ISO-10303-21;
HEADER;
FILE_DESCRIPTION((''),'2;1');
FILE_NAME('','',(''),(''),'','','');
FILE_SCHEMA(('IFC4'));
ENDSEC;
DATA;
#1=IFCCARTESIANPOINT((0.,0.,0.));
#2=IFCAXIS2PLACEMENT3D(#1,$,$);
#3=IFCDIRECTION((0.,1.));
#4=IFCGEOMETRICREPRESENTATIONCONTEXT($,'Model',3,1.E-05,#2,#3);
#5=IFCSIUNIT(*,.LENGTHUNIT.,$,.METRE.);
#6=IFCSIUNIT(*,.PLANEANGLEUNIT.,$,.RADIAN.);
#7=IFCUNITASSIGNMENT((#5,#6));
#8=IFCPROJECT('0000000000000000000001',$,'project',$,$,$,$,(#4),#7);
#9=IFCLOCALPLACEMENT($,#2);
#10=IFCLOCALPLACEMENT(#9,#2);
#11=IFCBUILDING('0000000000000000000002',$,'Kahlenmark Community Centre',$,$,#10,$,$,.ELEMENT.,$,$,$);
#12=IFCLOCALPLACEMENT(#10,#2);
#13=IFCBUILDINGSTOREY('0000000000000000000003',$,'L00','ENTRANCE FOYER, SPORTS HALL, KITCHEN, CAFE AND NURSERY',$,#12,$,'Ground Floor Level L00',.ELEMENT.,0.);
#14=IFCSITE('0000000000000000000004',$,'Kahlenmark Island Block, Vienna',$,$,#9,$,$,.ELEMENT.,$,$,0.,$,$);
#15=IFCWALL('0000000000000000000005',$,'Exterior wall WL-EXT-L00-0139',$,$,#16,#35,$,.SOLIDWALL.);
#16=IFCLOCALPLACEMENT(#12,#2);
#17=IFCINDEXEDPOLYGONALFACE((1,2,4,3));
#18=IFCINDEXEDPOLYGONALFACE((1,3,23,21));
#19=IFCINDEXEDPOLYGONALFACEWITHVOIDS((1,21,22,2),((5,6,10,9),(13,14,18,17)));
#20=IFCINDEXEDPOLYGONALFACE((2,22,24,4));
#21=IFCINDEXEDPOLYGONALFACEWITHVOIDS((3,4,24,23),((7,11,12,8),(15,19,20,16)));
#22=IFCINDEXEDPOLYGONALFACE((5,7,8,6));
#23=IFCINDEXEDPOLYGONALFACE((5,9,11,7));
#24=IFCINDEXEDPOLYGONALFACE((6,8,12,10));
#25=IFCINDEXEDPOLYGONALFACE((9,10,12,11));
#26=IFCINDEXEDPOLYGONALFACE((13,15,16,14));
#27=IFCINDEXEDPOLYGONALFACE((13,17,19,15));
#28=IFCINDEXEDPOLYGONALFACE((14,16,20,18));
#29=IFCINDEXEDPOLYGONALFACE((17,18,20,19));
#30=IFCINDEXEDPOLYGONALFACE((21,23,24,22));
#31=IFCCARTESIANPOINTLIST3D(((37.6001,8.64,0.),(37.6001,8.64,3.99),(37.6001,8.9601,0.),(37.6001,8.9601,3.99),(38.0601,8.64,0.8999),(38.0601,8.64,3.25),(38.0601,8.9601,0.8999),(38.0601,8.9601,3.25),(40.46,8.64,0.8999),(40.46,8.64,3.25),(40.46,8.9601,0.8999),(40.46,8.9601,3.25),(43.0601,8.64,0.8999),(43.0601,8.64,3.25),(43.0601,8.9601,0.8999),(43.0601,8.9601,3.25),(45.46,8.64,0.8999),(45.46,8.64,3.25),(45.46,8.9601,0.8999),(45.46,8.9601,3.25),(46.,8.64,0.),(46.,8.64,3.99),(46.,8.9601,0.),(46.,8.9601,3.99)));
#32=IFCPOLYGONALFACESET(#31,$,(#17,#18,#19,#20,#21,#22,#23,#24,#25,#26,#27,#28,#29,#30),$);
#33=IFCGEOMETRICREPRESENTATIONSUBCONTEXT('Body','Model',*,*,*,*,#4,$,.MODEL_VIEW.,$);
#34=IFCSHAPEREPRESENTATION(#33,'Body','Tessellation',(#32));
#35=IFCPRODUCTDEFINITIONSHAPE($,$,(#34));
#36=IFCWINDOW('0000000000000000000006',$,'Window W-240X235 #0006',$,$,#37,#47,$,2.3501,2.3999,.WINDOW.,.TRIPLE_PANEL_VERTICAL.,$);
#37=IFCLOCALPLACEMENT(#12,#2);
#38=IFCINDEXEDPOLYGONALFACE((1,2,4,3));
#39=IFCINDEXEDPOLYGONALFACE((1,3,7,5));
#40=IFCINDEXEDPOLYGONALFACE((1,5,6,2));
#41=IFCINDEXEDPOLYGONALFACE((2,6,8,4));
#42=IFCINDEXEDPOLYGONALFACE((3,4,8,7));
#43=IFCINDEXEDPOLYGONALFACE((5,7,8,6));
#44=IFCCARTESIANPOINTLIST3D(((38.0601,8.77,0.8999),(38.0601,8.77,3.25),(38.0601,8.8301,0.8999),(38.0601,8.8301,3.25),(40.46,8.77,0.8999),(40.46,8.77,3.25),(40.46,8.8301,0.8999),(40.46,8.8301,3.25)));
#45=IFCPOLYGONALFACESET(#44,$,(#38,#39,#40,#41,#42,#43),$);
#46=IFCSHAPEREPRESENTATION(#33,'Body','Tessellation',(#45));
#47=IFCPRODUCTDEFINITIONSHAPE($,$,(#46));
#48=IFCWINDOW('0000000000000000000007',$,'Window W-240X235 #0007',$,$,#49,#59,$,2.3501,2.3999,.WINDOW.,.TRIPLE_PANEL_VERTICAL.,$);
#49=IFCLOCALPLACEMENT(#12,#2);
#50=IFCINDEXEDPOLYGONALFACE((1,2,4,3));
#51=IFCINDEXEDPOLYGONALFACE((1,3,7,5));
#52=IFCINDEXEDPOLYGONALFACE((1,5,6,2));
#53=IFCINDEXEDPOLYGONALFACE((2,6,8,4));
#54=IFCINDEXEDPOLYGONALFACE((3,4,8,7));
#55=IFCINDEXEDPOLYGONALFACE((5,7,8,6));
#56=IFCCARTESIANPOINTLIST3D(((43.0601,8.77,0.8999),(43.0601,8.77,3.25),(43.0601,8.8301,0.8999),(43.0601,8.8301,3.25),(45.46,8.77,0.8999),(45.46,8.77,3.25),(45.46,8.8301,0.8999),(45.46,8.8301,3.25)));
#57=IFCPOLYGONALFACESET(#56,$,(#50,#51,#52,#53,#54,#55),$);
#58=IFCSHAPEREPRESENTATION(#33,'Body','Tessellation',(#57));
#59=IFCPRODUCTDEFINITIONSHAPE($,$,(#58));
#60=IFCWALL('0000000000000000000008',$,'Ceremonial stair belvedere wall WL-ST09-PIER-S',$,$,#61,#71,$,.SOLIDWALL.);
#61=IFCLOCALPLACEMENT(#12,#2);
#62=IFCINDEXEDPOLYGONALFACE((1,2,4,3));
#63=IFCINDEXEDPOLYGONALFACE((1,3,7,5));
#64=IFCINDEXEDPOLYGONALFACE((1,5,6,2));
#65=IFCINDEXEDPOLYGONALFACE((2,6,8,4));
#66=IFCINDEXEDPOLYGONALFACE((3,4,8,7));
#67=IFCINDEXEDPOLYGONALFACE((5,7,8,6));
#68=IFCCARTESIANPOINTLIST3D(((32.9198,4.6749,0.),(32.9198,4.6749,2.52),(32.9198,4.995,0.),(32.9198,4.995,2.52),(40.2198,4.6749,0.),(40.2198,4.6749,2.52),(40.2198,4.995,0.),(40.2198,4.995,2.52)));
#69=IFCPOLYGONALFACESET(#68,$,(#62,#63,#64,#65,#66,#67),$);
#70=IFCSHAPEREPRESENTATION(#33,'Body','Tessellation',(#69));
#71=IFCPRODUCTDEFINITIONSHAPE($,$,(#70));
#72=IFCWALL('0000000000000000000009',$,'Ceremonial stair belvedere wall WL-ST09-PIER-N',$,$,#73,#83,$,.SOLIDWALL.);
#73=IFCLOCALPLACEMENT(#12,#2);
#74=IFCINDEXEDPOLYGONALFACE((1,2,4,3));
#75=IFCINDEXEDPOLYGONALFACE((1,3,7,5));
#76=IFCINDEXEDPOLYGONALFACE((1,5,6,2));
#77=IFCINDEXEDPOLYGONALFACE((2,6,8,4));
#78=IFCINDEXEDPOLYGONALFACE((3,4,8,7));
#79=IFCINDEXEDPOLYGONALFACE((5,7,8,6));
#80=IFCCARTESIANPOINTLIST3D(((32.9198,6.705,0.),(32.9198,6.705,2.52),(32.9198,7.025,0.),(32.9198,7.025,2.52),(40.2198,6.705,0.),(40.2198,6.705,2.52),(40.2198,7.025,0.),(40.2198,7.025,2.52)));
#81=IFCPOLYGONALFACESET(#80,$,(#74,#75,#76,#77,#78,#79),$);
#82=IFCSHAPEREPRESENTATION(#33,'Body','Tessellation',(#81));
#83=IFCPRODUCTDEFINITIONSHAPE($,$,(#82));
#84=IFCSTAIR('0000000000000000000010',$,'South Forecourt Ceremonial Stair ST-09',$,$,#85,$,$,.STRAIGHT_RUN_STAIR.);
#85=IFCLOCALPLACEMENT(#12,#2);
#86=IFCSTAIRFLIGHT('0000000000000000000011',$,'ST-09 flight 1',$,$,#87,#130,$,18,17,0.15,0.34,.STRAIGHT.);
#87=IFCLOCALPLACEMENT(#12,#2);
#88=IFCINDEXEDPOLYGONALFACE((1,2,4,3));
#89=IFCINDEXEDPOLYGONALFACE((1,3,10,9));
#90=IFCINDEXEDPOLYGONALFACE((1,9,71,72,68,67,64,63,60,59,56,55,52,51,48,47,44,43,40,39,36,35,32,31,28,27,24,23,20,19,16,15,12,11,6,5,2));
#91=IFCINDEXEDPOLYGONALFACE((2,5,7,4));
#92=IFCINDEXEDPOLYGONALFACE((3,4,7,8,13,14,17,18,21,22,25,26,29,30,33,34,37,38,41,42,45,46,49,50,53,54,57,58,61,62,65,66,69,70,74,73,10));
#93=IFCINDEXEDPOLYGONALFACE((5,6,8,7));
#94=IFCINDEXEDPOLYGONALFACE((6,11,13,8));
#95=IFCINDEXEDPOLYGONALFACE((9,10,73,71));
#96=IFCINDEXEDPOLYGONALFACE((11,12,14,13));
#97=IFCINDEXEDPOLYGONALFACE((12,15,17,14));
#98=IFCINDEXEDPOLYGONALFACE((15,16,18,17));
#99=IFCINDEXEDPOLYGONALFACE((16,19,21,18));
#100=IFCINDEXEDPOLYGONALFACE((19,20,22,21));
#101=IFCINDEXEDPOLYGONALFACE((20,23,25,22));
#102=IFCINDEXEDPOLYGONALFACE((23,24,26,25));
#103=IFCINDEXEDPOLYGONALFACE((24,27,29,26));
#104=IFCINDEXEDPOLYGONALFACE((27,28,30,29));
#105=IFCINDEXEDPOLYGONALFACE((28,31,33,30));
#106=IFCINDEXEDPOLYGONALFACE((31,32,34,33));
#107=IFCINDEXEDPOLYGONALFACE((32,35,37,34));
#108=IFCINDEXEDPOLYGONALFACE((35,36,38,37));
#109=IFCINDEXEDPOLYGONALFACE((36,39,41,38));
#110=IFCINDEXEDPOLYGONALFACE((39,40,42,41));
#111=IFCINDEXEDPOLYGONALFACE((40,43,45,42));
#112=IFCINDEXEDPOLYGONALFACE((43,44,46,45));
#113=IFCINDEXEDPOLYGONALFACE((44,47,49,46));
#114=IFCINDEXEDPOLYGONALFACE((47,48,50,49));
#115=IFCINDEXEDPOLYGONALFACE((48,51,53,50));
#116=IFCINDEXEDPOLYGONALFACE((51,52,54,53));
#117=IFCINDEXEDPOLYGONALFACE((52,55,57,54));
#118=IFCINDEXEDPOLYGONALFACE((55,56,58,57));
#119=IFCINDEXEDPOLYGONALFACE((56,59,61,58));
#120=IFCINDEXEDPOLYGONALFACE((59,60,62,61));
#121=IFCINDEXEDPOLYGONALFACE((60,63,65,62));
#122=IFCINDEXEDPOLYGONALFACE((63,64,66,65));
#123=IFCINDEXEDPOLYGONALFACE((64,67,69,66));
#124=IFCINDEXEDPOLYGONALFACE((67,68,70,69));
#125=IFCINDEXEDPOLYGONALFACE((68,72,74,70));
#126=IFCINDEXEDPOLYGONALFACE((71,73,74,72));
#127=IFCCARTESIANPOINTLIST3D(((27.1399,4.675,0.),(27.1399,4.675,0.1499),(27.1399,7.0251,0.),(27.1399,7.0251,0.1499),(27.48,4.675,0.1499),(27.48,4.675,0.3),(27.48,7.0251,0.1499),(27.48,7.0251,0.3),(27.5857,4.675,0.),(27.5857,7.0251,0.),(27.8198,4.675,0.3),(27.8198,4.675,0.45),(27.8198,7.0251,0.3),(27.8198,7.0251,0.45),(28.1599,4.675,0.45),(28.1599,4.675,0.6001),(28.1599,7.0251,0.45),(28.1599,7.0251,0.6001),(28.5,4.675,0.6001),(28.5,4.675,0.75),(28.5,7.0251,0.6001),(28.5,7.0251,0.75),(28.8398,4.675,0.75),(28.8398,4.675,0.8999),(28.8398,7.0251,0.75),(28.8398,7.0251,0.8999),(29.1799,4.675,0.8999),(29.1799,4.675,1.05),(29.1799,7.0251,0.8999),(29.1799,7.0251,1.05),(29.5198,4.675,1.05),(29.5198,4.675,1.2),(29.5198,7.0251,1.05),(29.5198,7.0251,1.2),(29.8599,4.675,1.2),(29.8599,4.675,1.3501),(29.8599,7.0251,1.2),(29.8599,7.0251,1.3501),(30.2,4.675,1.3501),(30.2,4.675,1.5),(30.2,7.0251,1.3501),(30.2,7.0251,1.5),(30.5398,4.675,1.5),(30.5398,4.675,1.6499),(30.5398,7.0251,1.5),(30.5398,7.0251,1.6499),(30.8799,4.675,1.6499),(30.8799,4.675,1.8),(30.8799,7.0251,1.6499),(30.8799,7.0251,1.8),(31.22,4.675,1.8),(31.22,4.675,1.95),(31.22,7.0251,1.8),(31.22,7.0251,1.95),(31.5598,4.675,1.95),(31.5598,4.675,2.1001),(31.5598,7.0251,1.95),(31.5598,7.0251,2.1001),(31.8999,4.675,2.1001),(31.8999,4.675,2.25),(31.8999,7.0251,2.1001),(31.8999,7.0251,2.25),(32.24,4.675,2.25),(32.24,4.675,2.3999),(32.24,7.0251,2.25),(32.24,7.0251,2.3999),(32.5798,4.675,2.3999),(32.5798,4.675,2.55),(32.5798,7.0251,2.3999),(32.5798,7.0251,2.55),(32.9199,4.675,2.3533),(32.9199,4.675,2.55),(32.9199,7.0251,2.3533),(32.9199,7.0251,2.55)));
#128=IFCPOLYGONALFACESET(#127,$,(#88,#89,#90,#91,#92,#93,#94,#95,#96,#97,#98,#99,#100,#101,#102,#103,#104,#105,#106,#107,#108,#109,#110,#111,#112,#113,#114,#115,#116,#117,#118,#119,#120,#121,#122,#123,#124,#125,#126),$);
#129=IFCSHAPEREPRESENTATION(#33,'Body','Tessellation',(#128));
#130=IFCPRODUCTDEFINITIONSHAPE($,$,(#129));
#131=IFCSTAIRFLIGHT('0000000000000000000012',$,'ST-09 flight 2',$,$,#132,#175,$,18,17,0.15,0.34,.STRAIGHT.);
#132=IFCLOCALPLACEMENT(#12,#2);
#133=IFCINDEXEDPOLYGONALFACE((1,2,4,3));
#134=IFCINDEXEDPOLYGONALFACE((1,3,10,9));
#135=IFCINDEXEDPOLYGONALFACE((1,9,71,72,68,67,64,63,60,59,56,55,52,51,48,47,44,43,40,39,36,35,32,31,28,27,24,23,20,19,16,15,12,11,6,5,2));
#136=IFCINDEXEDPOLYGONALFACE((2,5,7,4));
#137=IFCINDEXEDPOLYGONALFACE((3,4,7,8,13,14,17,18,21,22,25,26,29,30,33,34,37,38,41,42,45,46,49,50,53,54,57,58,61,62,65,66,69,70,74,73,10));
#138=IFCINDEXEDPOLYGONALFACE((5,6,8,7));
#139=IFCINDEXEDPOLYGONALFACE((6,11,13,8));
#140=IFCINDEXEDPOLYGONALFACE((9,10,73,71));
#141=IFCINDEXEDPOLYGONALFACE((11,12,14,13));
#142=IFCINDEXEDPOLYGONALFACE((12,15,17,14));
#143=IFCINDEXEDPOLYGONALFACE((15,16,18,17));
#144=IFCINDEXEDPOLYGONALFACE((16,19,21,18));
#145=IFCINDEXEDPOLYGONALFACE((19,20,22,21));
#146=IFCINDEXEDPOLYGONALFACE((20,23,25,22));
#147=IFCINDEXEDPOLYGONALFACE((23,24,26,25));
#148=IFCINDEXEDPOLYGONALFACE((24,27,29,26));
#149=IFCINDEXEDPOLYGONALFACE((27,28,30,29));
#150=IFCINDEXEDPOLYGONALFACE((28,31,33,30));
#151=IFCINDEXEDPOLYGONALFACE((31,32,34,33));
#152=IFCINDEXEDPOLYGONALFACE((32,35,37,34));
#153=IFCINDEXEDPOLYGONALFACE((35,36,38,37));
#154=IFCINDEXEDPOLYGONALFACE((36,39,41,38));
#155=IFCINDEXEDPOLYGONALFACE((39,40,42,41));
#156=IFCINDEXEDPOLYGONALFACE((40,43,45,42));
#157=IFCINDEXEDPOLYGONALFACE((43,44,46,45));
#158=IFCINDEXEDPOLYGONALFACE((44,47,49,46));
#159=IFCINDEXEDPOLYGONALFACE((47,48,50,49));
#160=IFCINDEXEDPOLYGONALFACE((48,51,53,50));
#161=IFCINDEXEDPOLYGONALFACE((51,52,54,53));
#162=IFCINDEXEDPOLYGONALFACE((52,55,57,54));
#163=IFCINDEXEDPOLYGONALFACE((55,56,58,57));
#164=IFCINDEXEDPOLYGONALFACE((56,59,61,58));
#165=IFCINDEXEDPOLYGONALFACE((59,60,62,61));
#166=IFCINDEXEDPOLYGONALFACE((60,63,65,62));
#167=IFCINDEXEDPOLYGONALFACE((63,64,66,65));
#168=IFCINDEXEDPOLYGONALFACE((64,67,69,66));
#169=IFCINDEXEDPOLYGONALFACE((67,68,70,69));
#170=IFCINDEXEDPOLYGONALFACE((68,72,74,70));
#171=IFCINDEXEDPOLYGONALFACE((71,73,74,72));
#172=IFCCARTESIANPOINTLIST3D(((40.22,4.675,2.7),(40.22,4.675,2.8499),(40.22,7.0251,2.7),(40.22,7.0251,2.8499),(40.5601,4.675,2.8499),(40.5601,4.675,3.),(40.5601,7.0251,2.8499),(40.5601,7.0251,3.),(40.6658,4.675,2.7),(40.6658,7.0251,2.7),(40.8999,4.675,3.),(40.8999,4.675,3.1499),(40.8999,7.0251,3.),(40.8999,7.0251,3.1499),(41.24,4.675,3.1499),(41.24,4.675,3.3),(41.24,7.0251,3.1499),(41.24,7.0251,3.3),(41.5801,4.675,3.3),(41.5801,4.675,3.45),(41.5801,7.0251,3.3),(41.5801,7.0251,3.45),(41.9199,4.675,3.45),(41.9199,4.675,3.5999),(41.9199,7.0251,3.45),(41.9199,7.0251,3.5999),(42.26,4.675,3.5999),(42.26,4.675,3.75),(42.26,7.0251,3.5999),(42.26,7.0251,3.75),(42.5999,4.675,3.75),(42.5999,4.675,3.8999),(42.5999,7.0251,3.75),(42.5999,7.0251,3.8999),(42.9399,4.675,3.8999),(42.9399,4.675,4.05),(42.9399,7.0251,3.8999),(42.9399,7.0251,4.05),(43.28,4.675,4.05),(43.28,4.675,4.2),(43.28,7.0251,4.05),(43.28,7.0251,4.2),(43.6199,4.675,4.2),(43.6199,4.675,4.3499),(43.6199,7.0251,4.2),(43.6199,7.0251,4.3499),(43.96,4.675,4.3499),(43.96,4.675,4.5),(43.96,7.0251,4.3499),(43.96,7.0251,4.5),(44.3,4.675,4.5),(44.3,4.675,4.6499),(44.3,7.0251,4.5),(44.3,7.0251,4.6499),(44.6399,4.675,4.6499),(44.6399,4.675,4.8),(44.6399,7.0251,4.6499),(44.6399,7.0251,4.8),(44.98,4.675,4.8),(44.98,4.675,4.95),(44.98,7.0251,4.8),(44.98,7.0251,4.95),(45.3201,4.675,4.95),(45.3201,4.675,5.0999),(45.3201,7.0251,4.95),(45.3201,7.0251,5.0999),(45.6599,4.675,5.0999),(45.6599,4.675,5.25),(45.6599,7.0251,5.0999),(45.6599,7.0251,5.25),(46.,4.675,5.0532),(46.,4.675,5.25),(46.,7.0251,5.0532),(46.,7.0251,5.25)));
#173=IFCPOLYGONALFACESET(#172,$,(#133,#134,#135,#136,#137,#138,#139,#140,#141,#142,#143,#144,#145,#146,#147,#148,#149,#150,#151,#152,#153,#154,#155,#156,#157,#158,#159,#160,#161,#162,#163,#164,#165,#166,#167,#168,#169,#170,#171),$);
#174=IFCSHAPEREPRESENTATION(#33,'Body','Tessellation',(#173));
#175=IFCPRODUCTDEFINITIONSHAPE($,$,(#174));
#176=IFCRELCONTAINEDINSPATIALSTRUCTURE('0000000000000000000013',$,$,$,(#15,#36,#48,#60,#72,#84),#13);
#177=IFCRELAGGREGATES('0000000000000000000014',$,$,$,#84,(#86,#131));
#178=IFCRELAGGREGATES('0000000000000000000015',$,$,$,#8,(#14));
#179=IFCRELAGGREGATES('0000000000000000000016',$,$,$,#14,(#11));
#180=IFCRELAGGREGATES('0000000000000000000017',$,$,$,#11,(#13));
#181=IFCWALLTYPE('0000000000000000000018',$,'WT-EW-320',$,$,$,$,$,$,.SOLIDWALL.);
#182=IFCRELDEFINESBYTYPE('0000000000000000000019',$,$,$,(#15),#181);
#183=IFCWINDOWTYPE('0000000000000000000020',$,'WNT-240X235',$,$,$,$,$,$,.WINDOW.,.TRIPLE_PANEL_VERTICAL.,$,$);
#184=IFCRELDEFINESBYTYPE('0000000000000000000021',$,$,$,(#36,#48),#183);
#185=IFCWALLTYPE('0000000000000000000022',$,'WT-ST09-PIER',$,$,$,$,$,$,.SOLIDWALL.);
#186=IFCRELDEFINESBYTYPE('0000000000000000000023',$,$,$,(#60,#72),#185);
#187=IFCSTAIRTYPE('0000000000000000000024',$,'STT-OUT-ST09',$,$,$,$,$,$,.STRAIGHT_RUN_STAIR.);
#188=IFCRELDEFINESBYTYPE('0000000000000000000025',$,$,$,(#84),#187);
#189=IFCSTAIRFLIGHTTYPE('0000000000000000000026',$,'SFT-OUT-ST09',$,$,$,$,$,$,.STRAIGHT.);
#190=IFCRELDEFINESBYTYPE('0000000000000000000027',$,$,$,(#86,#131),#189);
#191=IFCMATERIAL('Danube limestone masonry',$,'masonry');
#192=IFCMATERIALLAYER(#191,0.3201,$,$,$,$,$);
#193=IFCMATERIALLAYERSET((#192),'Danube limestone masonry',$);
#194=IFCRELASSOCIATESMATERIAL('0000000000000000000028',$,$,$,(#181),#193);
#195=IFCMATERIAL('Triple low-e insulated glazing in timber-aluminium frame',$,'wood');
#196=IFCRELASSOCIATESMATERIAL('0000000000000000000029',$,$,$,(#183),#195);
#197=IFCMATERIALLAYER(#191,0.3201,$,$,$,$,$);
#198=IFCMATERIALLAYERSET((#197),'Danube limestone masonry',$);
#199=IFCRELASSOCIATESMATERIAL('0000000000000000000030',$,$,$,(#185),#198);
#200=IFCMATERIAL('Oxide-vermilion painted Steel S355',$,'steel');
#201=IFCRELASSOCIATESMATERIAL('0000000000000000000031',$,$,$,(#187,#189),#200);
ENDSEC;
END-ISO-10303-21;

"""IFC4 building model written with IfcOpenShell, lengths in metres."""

from ifc_helpers import new_model, si_unit, direction, frame, frame_2d, origin, place, context, subcontext, project, spatial, polyline, rectangle, outline, extrude, material, layer, layer_set, type_object, element, fill, aggregate, save


model = new_model("IFC4")

# Units and contexts
model_context = context("Model", 3, precision=1e-05, world=origin(), true_north=direction((0.0, 1.0)))
body_context = subcontext(model_context, "Body", "Model", "MODEL_VIEW")
ifc_project = project(units=[si_unit("LENGTHUNIT", "METRE"), si_unit("PLANEANGLEUNIT", "RADIAN")], contexts=[model_context])

# Site, building, storey
site_placement = place(None, origin())
site = spatial("IfcSite", under=ifc_project, at=site_placement, Name="Kahlenmark Island Block, Vienna", CompositionType="ELEMENT", RefElevation=0.0)
building_placement = place(site_placement, origin())
building = spatial("IfcBuilding", under=site, at=building_placement, Name="Kahlenmark Community Centre", CompositionType="ELEMENT")
storey_placement = place(building_placement, origin())
storey = spatial("IfcBuildingStorey", under=building, at=storey_placement, Name="L00", Description="ENTRANCE FOYER, SPORTS HALL, KITCHEN, CAFE AND NURSERY", LongName="Ground Floor Level L00", CompositionType="ELEMENT", Elevation=0.0)

# Wall, openings, windows
ifc_material_1 = material(Name="Danube limestone masonry", Category="masonry")
ifc_layer_1 = layer(ifc_material_1, 0.3201)
ifc_layer_set_1 = layer_set([ifc_layer_1], Name="Danube limestone masonry")
wall_type_1 = type_object("IfcWallType", Name="WT-EW-320", PredefinedType="SOLIDWALL", material=ifc_layer_set_1)
ifc_material_2 = material(Name="Triple low-e insulated glazing in timber-aluminium frame", Category="wood")
window_type = type_object("IfcWindowType", Name="WNT-240X235", PartitioningType="TRIPLE_PANEL_VERTICAL", PredefinedType="WINDOW", material=ifc_material_2)
wall_1_placement = place(storey_placement, frame((37.6001, 8.8, 0.0), z_axis=(0.0, 0.0, 1.0), x_axis=(1.0, 0.0, 0.0)))
wall_1 = element("IfcWall", 1, at=wall_1_placement, inside=storey, type_object=wall_type_1, Name="Exterior wall WL-EXT-L00-0139", PredefinedType="SOLIDWALL", context=body_context, shape_type="SweptSolid", body=[
    extrude(rectangle(XDim=8.3999, YDim=0.3201, at=frame_2d((4.2, 0.0))), origin(), (0.0, 0.0, 1.0), 3.99),
])
opening_1_placement = place(wall_1_placement, frame((0.46, 0.0, 0.8999)))
opening_1 = element("IfcOpeningElement", 2, at=opening_1_placement, cuts=wall_1, PredefinedType="OPENING", context=body_context, shape_type="SweptSolid", body=[
    extrude(rectangle(XDim=2.3999, YDim=2.3501, at=frame_2d((1.2, 1.175))), frame((0.0, 0.1699, 0.0), z_axis=(0.0, -1.0, 0.0), x_axis=(1.0, 0.0, 0.0)), (0.0, 0.0, 1.0), 0.3401),
])
opening_2_placement = place(wall_1_placement, frame((5.46, 0.0, 0.8999)))
opening_2 = element("IfcOpeningElement", 3, at=opening_2_placement, cuts=wall_1, PredefinedType="OPENING", context=body_context, shape_type="SweptSolid", body=[
    extrude(rectangle(XDim=2.3999, YDim=2.3501, at=frame_2d((1.2, 1.175))), frame((0.0, 0.1699, 0.0), z_axis=(0.0, -1.0, 0.0), x_axis=(1.0, 0.0, 0.0)), (0.0, 0.0, 1.0), 0.3401),
])
window_1_placement = place(opening_1_placement, origin())
window_1 = element("IfcWindow", 4, at=window_1_placement, inside=storey, type_object=window_type, Name="Window W-240X235 #0006", OverallHeight=2.3501, OverallWidth=2.3999, PartitioningType="TRIPLE_PANEL_VERTICAL", PredefinedType="WINDOW", context=body_context, shape_type="SweptSolid", body=[
    extrude(rectangle(XDim=2.3999, YDim=2.3501, at=frame_2d((1.2, 1.175))), frame((0.0, 0.03, 0.0), z_axis=(0.0, -1.0, 0.0), x_axis=(1.0, 0.0, 0.0)), (0.0, 0.0, 1.0), 0.0601),
])
fill(opening_1, window_1)
window_2_placement = place(opening_2_placement, origin())
window_2 = element("IfcWindow", 5, at=window_2_placement, inside=storey, type_object=window_type, Name="Window W-240X235 #0007", OverallHeight=2.3501, OverallWidth=2.3999, PartitioningType="TRIPLE_PANEL_VERTICAL", PredefinedType="WINDOW", context=body_context, shape_type="SweptSolid", body=[
    extrude(rectangle(XDim=2.3999, YDim=2.3501, at=frame_2d((1.2, 1.175))), frame((0.0, 0.03, 0.0), z_axis=(0.0, -1.0, 0.0), x_axis=(1.0, 0.0, 0.0)), (0.0, 0.0, 1.0), 0.0601),
])
fill(opening_2, window_2)

# Walls
ifc_layer_2 = layer(ifc_material_1, 0.3201)
ifc_layer_set_2 = layer_set([ifc_layer_2], Name="Danube limestone masonry")
wall_type_2 = type_object("IfcWallType", Name="WT-ST09-PIER", PredefinedType="SOLIDWALL", material=ifc_layer_set_2)
for number, where, z_axis, x_axis, name in (
    (6, (32.9199, 4.835, 0.0), (0.0, 0.0, 1.0), (1.0, 0.0, 0.0), "Ceremonial stair belvedere wall WL-ST09-PIER-S"),
    (7, (32.9199, 6.865, 0.0), (0.0, 0.0, 1.0), (1.0, 0.0, 0.0), "Ceremonial stair belvedere wall WL-ST09-PIER-N"),
):
    element("IfcWall", number, at=place(storey_placement, frame(where, z_axis=z_axis, x_axis=x_axis)), inside=storey, type_object=wall_type_2, Name=name, PredefinedType="SOLIDWALL", context=body_context, shape_type="SweptSolid", body=[
        extrude(rectangle(XDim=7.3, YDim=0.3201, at=frame_2d((3.6499, 0.0))), origin(), (0.0, 0.0, 1.0), 2.52),
    ])

# Stair, stair flights
ifc_material_3 = material(Name="Oxide-vermilion painted Steel S355", Category="steel")
stair_type = type_object("IfcStairType", Name="STT-OUT-ST09", PredefinedType="STRAIGHT_RUN_STAIR", material=ifc_material_3)
stair_placement = place(storey_placement, origin())
stair = element("IfcStair", 8, at=stair_placement, inside=storey, type_object=stair_type, Name="South Forecourt Ceremonial Stair ST-09", PredefinedType="STRAIGHT_RUN_STAIR")
stair_flight_type = type_object("IfcStairFlightType", Name="SFT-OUT-ST09", PredefinedType="STRAIGHT", material=ifc_material_3)
stair_flight_1_placement = place(storey_placement, frame((27.1399, 5.8501, 0.0), z_axis=(0.0, 0.0, 1.0), x_axis=(1.0, 0.0, 0.0)))
stair_flight_1 = element("IfcStairFlight", 9, at=stair_flight_1_placement, type_object=stair_flight_type, Name="ST-09 flight 1", NumberOfRisers=18, NumberOfTreads=17, PredefinedType="STRAIGHT", RiserHeight=0.15, TreadLength=0.34, context=body_context, shape_type="SweptSolid", body=[
    extrude(outline(polyline([(0.0, 0.0), (0.0, 0.1499), (0.3401, 0.1499), (0.3401, 0.3), (0.6799, 0.3), (0.6799, 0.45), (1.02, 0.45), (1.02, 0.6001), (1.3601, 0.6001), (1.3601, 0.75), (1.7, 0.75), (1.7, 0.8999), (2.04, 0.8999), (2.04, 1.05), (2.3799, 1.05), (2.3799, 1.2), (2.72, 1.2), (2.72, 1.3501), (3.0601, 1.3501), (3.0601, 1.5), (3.3999, 1.5), (3.3999, 1.6499), (3.74, 1.6499), (3.74, 1.8), (4.0801, 1.8), (4.0801, 1.95), (4.4199, 1.95), (4.4199, 2.1001), (4.76, 2.1001), (4.76, 2.25), (5.1001, 2.25), (5.1001, 2.3999), (5.4399, 2.3999), (5.4399, 2.55), (5.78, 2.55), (5.78, 2.7), (5.78, 2.3533), (0.4458, 0.0), (0.0, 0.0)])), frame((0.0, 1.175, 0.0), z_axis=(0.0, -1.0, 0.0), x_axis=(1.0, 0.0, 0.0)), (0.0, 0.0, 1.0), 2.3501),
])
stair_flight_2_placement = place(storey_placement, frame((40.22, 5.8501, 2.7), z_axis=(0.0, 0.0, 1.0), x_axis=(1.0, 0.0, 0.0)))
stair_flight_2 = element("IfcStairFlight", 10, at=stair_flight_2_placement, type_object=stair_flight_type, Name="ST-09 flight 2", NumberOfRisers=18, NumberOfTreads=17, PredefinedType="STRAIGHT", RiserHeight=0.15, TreadLength=0.34, context=body_context, shape_type="SweptSolid", body=[
    extrude(outline(polyline([(0.0, 0.0), (0.0, 0.1499), (0.3401, 0.1499), (0.3401, 0.3), (0.6799, 0.3), (0.6799, 0.45), (1.02, 0.45), (1.02, 0.6001), (1.3601, 0.6001), (1.3601, 0.75), (1.7, 0.75), (1.7, 0.8999), (2.04, 0.8999), (2.04, 1.05), (2.3799, 1.05), (2.3799, 1.2), (2.72, 1.2), (2.72, 1.3501), (3.0601, 1.3501), (3.0601, 1.5), (3.3999, 1.5), (3.3999, 1.6499), (3.74, 1.6499), (3.74, 1.8), (4.0801, 1.8), (4.0801, 1.95), (4.4199, 1.95), (4.4199, 2.1001), (4.76, 2.1001), (4.76, 2.25), (5.1001, 2.25), (5.1001, 2.3999), (5.4399, 2.3999), (5.4399, 2.55), (5.78, 2.55), (5.78, 2.7), (5.78, 2.3533), (0.4458, 0.0), (0.0, 0.0)])), frame((0.0, 1.175, 0.0), z_axis=(0.0, -1.0, 0.0), x_axis=(1.0, 0.0, 0.0)), (0.0, 0.0, 1.0), 2.3501),
])
aggregate(stair, [stair_flight_1, stair_flight_2])

save(model, "model.ifc")
